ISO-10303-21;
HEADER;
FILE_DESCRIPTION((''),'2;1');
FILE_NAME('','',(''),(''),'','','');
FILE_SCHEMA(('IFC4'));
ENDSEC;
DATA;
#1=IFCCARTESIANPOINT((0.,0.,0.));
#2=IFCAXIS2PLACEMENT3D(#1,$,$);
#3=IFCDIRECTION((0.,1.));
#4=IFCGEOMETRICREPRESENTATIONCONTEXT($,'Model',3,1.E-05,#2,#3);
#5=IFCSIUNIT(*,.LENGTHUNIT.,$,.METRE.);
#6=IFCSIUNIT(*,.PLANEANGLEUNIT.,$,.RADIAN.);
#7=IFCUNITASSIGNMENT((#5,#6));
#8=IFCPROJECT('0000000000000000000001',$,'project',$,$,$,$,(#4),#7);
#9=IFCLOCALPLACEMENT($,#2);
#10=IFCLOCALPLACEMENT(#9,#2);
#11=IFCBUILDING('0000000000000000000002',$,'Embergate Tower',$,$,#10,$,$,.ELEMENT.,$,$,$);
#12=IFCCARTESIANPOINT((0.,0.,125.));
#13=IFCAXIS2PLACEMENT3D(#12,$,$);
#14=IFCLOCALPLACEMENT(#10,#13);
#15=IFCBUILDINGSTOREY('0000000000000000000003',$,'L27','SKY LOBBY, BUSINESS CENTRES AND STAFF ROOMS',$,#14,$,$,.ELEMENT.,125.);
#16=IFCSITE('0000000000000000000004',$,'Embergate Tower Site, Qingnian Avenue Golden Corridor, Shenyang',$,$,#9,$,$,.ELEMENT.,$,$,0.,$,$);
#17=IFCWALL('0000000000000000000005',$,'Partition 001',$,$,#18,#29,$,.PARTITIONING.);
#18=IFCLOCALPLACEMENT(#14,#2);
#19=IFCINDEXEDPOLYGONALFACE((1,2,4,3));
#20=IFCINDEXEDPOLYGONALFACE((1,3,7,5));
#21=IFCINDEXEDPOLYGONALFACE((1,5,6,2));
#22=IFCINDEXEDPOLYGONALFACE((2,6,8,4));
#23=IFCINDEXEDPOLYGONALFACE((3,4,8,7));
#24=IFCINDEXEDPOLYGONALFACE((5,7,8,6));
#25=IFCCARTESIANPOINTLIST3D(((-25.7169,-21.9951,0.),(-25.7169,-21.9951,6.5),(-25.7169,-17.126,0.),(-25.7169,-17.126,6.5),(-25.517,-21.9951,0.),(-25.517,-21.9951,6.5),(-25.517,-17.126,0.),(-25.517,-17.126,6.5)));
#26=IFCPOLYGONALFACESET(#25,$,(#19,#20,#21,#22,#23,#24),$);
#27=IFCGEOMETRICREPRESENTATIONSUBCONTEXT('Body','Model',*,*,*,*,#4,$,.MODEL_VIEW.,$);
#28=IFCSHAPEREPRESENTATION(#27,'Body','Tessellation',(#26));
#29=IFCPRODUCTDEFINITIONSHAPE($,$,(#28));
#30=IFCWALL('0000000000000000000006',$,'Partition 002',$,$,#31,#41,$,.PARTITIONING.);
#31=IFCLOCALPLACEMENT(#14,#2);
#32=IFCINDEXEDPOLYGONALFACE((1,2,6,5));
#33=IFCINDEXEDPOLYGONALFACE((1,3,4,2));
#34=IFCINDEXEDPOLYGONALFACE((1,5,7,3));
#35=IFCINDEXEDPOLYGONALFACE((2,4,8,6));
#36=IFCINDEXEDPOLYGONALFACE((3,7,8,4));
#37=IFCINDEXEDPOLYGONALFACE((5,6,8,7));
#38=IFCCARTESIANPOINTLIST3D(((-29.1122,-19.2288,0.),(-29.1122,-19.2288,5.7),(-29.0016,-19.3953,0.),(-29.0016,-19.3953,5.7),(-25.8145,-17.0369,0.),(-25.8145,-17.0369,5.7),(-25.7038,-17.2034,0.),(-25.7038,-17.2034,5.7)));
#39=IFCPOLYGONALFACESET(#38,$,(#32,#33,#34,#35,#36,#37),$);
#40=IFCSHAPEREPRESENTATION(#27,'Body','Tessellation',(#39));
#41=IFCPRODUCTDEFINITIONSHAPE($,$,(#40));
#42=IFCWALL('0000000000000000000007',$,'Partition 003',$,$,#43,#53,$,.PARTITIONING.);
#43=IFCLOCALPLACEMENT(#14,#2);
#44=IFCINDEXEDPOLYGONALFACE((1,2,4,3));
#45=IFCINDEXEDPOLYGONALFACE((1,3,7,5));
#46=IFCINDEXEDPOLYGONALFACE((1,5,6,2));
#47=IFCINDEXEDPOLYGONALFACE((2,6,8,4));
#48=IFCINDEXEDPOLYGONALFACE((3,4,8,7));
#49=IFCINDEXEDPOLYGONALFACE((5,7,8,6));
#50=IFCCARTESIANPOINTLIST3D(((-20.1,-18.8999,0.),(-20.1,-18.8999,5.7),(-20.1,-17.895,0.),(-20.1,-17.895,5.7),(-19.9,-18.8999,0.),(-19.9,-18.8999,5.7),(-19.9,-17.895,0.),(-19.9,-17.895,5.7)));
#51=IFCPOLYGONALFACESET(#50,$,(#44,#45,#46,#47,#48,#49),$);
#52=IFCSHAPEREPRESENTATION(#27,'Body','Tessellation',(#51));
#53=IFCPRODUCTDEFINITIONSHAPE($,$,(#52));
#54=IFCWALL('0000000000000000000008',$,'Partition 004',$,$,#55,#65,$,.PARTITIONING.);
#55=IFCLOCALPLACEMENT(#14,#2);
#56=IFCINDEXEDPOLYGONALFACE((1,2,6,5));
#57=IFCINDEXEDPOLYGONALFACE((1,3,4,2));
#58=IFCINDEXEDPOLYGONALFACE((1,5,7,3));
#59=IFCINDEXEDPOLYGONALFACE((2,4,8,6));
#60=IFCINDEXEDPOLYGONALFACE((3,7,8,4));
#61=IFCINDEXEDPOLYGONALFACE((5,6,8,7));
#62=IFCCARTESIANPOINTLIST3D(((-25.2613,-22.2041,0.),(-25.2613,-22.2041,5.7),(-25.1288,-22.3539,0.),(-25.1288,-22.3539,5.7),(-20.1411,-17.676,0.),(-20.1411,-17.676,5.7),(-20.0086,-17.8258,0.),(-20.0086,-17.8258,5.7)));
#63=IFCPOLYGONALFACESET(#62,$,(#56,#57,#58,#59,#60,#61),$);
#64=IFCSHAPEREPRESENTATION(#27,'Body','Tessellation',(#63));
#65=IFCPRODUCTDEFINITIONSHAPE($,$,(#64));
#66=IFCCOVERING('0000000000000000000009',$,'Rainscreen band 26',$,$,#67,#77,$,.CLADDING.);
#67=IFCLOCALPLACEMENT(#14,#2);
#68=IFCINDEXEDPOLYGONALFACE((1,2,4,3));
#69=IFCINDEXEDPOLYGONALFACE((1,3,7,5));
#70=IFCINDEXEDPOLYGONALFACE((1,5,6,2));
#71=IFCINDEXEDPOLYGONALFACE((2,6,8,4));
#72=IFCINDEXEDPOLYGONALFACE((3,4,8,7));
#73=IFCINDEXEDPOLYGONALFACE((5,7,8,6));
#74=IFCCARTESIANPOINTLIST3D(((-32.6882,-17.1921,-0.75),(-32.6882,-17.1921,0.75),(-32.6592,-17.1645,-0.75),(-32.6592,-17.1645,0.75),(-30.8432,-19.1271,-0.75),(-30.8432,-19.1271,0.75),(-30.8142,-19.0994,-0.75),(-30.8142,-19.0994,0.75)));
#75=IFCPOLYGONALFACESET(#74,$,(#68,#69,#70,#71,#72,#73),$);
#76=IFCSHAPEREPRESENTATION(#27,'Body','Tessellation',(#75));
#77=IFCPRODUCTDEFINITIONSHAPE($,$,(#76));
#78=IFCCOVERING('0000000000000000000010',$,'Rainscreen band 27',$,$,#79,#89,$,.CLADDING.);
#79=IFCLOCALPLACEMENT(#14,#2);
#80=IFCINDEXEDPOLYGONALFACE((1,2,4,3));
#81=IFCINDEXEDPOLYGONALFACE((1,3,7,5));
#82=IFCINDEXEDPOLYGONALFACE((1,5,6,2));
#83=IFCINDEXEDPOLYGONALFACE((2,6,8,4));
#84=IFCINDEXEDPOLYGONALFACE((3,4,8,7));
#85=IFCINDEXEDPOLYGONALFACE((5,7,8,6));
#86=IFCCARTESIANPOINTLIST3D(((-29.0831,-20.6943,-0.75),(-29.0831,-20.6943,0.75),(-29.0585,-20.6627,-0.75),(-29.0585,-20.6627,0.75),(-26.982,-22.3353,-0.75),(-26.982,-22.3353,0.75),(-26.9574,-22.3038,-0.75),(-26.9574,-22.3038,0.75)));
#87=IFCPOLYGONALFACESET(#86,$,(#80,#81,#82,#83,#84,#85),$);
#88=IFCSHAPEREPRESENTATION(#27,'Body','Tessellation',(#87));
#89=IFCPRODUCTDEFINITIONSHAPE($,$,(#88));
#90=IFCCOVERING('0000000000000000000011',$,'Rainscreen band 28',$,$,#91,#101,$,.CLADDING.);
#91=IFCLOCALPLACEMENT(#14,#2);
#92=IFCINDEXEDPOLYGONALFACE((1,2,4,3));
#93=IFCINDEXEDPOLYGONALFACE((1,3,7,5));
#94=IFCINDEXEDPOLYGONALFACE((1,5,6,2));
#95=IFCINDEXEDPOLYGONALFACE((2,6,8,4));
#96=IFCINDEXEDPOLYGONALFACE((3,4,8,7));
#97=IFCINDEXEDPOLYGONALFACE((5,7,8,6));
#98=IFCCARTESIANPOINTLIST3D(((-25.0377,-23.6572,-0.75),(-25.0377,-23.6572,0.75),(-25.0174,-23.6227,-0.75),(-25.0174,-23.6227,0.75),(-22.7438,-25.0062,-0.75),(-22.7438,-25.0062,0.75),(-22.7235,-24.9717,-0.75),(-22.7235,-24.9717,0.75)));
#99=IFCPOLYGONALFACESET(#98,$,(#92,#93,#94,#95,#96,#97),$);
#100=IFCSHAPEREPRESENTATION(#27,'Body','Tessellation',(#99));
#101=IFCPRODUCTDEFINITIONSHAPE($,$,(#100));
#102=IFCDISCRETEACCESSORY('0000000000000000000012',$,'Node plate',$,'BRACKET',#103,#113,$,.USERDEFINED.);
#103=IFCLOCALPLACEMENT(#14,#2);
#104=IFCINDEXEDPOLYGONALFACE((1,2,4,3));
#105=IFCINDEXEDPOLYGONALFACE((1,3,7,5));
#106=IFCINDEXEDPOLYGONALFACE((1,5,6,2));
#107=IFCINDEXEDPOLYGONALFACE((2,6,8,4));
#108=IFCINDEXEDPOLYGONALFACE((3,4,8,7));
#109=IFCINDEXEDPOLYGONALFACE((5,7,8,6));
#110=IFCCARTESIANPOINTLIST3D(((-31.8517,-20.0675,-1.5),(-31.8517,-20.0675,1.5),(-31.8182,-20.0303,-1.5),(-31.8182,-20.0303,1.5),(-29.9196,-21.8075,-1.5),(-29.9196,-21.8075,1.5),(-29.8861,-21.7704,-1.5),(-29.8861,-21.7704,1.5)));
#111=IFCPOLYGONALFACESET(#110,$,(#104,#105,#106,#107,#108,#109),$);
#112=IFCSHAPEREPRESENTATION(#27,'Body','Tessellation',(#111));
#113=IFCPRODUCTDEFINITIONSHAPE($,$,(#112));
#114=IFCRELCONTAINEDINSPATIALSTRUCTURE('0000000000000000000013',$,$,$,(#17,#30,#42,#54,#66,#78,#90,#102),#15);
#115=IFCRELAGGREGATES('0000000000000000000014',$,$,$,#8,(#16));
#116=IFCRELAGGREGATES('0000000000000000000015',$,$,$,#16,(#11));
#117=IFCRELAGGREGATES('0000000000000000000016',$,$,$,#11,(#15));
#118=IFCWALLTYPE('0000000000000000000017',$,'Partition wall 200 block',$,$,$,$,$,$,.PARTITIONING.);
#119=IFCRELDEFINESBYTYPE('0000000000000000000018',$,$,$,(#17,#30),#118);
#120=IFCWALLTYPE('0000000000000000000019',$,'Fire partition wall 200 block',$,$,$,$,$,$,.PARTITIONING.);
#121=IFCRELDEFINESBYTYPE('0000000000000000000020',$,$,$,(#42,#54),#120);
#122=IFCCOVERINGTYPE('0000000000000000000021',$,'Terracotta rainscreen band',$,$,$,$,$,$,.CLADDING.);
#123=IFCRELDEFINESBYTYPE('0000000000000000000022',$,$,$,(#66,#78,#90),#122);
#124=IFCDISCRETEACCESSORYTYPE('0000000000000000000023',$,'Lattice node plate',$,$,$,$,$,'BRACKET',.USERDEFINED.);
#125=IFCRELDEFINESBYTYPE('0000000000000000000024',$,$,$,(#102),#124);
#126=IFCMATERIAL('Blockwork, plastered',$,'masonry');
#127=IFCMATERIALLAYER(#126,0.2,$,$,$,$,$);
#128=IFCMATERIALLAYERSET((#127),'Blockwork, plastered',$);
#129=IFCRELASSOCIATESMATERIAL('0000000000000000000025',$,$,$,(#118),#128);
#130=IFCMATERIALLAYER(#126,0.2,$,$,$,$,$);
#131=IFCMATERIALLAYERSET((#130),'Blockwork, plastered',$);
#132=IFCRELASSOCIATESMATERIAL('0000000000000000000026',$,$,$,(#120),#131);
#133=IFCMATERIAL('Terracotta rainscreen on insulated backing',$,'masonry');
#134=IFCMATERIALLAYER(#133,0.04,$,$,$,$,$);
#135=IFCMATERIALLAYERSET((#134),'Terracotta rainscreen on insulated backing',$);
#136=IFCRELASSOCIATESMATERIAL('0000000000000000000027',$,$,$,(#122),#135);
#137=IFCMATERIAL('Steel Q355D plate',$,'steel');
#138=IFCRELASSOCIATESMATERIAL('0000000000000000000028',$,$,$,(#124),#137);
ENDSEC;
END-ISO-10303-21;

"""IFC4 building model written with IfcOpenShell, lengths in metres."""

from ifc_helpers import new_model, si_unit, direction, frame, frame_2d, origin, origin_2d, place, context, subcontext, project, spatial, rectangle, extrude, source, transform, mapped, material, layer, layer_set, type_object, element, save


model = new_model("IFC4")

# Units and contexts
model_context = context("Model", 3, precision=1e-05, world=origin(), true_north=direction((0.0, 1.0)))
body_context = subcontext(model_context, "Body", "Model", "MODEL_VIEW")
ifc_project = project(units=[si_unit("LENGTHUNIT", "METRE"), si_unit("PLANEANGLEUNIT", "RADIAN")], contexts=[model_context])

# Site, building, storey
site_placement = place(None, origin())
site = spatial("IfcSite", under=ifc_project, at=site_placement, Name="Embergate Tower Site, Qingnian Avenue Golden Corridor, Shenyang", CompositionType="ELEMENT", RefElevation=0.0)
building_placement = place(site_placement, origin())
building = spatial("IfcBuilding", under=site, at=building_placement, Name="Embergate Tower", CompositionType="ELEMENT")
storey_placement = place(building_placement, frame((0.0, 0.0, 125.0)))
storey = spatial("IfcBuildingStorey", under=building, at=storey_placement, Name="L27", Description="SKY LOBBY, BUSINESS CENTRES AND STAFF ROOMS", CompositionType="ELEMENT", Elevation=125.0)

# Walls
ifc_material_1 = material(Name="Blockwork, plastered", Category="masonry")
ifc_layer_1 = layer(ifc_material_1, 0.2)
ifc_layer_set_1 = layer_set([ifc_layer_1], Name="Blockwork, plastered")
wall_type_1 = type_object("IfcWallType", Name="Partition wall 200 block", PredefinedType="PARTITIONING", material=ifc_layer_set_1)
shared_shape_1 = source(origin(), body_context, "Body", "SweptSolid", [
    extrude(rectangle(XDim=4.8691, YDim=0.2, at=frame_2d((2.4346, 0.0))), origin(), (0.0, 0.0, 1.0), 6.5),
])
wall_1_placement = place(storey_placement, frame((-25.6169, -21.9951, 0.0), z_axis=(0.0, 0.0, 1.0), x_axis=(0.0, 1.0, 0.0)))
element("IfcWall", 1, at=wall_1_placement, inside=storey, type_object=wall_type_1, Name="Partition 001", PredefinedType="PARTITIONING", context=body_context, shape_type="MappedRepresentation", body=[
    mapped(shared_shape_1, transform((0.0, 0.0, 0.0))),
])
shared_shape_2 = source(origin(), body_context, "Body", "SweptSolid", [
    extrude(rectangle(XDim=3.9597, YDim=0.2, at=frame_2d((1.98, 0.0))), origin(), (0.0, 0.0, 1.0), 5.7),
])
wall_2_placement = place(storey_placement, frame((-25.759, -17.1201, 0.0), z_axis=(0.0, 0.0, 1.0), x_axis=(-0.832827, -0.553533, 0.0)))
element("IfcWall", 2, at=wall_2_placement, inside=storey, type_object=wall_type_1, Name="Partition 002", PredefinedType="PARTITIONING", context=body_context, shape_type="MappedRepresentation", body=[
    mapped(shared_shape_2, transform((0.0, 0.0, 0.0))),
])
ifc_layer_2 = layer(ifc_material_1, 0.2)
ifc_layer_set_2 = layer_set([ifc_layer_2], Name="Blockwork, plastered")
wall_type_2 = type_object("IfcWallType", Name="Fire partition wall 200 block", PredefinedType="PARTITIONING", material=ifc_layer_set_2)
shared_shape_3 = source(origin(), body_context, "Body", "SweptSolid", [
    extrude(rectangle(XDim=1.0049, YDim=0.2, at=frame_2d((0.5024, 0.0))), origin(), (0.0, 0.0, 1.0), 5.7),
])
wall_3_placement = place(storey_placement, frame((-20.0, -18.8999, 0.0), z_axis=(0.0, 0.0, 1.0), x_axis=(0.0, 1.0, 0.0)))
element("IfcWall", 3, at=wall_3_placement, inside=storey, type_object=wall_type_2, Name="Partition 003", PredefinedType="PARTITIONING", context=body_context, shape_type="MappedRepresentation", body=[
    mapped(shared_shape_3, transform((0.0, 0.0, 0.0))),
])
shared_shape_4 = source(origin(), body_context, "Body", "SweptSolid", [
    extrude(rectangle(XDim=6.8352, YDim=0.2, at=frame_2d((3.4175, 0.0))), origin(), (0.0, 0.0, 1.0), 5.7),
])
wall_4_placement = place(storey_placement, frame((-20.075, -17.751, 0.0), z_axis=(0.0, 0.0, 1.0), x_axis=(-0.749088, -0.662471, 0.0)))
element("IfcWall", 4, at=wall_4_placement, inside=storey, type_object=wall_type_2, Name="Partition 004", PredefinedType="PARTITIONING", context=body_context, shape_type="MappedRepresentation", body=[
    mapped(shared_shape_4, transform((0.0, 0.0, 0.0))),
])

# Coverings
ifc_material_2 = material(Name="Terracotta rainscreen on insulated backing", Category="masonry")
ifc_layer_3 = layer(ifc_material_2, 0.04)
ifc_layer_set_3 = layer_set([ifc_layer_3], Name="Terracotta rainscreen on insulated backing")
covering_type = type_object("IfcCoveringType", Name="Terracotta rainscreen band", PredefinedType="CLADDING", material=ifc_layer_set_3)
shared_shape_5 = source(origin(), body_context, "Body", "SweptSolid", [
    extrude(rectangle(XDim=2.6736, YDim=0.04, at=origin_2d()), origin(), (0.0, 0.0, 1.0), 1.5),
])
covering_1_placement = place(storey_placement, frame((-31.7512, -18.1458, -0.75), z_axis=(0.0, 0.0, 1.0), x_axis=(0.690076, -0.723737, 0.0)))
element("IfcCovering", 5, at=covering_1_placement, inside=storey, type_object=covering_type, Name="Rainscreen band 26", PredefinedType="CLADDING", context=body_context, shape_type="MappedRepresentation", body=[
    mapped(shared_shape_5, transform((0.0, 0.0, 0.0))),
])
shared_shape_6 = source(origin(), body_context, "Body", "SweptSolid", [
    extrude(rectangle(XDim=2.666, YDim=0.04, at=origin_2d()), origin(), (0.0, 0.0, 1.0), 1.5),
])
covering_2_placement = place(storey_placement, frame((-28.0203, -21.499, -0.75), z_axis=(0.0, 0.0, 1.0), x_axis=(0.788098, -0.61555, 0.0)))
element("IfcCovering", 6, at=covering_2_placement, inside=storey, type_object=covering_type, Name="Rainscreen band 27", PredefinedType="CLADDING", context=body_context, shape_type="MappedRepresentation", body=[
    mapped(shared_shape_6, transform((0.0, 0.0, 0.0))),
])
shared_shape_7 = source(origin(), body_context, "Body", "SweptSolid", [
    extrude(rectangle(XDim=2.6611, YDim=0.04, at=origin_2d()), origin(), (0.0, 0.0, 1.0), 1.5),
])
covering_3_placement = place(storey_placement, frame((-23.8806, -24.3145, -0.75), z_axis=(0.0, 0.0, 1.0), x_axis=(0.862002, -0.506905, 0.0)))
element("IfcCovering", 7, at=covering_3_placement, inside=storey, type_object=covering_type, Name="Rainscreen band 28", PredefinedType="CLADDING", context=body_context, shape_type="MappedRepresentation", body=[
    mapped(shared_shape_7, transform((0.0, 0.0, 0.0))),
])

# Discrete accessory
ifc_material_3 = material(Name="Steel Q355D plate", Category="steel")
discrete_accessory_type = type_object("IfcDiscreteAccessoryType", Name="Lattice node plate", ElementType="BRACKET", PredefinedType="USERDEFINED", material=ifc_material_3)
shared_shape_8 = source(origin(), body_context, "Body", "SweptSolid", [
    extrude(rectangle(XDim=2.6001, YDim=0.05, at=origin_2d()), origin(), (0.0, 0.0, 1.0), 3.0),
])
discrete_accessory_placement = place(storey_placement, frame((-30.8689, -20.9189, -1.5), z_axis=(0.0, 0.0, 1.0), x_axis=(0.743075, -0.669208, 0.0)))
element("IfcDiscreteAccessory", 8, at=discrete_accessory_placement, inside=storey, type_object=discrete_accessory_type, Name="Node plate", ObjectType="BRACKET", PredefinedType="USERDEFINED", context=body_context, shape_type="MappedRepresentation", body=[
    mapped(shared_shape_8, transform((0.0, 0.0, 0.0))),
])

save(model, "model.ifc")
